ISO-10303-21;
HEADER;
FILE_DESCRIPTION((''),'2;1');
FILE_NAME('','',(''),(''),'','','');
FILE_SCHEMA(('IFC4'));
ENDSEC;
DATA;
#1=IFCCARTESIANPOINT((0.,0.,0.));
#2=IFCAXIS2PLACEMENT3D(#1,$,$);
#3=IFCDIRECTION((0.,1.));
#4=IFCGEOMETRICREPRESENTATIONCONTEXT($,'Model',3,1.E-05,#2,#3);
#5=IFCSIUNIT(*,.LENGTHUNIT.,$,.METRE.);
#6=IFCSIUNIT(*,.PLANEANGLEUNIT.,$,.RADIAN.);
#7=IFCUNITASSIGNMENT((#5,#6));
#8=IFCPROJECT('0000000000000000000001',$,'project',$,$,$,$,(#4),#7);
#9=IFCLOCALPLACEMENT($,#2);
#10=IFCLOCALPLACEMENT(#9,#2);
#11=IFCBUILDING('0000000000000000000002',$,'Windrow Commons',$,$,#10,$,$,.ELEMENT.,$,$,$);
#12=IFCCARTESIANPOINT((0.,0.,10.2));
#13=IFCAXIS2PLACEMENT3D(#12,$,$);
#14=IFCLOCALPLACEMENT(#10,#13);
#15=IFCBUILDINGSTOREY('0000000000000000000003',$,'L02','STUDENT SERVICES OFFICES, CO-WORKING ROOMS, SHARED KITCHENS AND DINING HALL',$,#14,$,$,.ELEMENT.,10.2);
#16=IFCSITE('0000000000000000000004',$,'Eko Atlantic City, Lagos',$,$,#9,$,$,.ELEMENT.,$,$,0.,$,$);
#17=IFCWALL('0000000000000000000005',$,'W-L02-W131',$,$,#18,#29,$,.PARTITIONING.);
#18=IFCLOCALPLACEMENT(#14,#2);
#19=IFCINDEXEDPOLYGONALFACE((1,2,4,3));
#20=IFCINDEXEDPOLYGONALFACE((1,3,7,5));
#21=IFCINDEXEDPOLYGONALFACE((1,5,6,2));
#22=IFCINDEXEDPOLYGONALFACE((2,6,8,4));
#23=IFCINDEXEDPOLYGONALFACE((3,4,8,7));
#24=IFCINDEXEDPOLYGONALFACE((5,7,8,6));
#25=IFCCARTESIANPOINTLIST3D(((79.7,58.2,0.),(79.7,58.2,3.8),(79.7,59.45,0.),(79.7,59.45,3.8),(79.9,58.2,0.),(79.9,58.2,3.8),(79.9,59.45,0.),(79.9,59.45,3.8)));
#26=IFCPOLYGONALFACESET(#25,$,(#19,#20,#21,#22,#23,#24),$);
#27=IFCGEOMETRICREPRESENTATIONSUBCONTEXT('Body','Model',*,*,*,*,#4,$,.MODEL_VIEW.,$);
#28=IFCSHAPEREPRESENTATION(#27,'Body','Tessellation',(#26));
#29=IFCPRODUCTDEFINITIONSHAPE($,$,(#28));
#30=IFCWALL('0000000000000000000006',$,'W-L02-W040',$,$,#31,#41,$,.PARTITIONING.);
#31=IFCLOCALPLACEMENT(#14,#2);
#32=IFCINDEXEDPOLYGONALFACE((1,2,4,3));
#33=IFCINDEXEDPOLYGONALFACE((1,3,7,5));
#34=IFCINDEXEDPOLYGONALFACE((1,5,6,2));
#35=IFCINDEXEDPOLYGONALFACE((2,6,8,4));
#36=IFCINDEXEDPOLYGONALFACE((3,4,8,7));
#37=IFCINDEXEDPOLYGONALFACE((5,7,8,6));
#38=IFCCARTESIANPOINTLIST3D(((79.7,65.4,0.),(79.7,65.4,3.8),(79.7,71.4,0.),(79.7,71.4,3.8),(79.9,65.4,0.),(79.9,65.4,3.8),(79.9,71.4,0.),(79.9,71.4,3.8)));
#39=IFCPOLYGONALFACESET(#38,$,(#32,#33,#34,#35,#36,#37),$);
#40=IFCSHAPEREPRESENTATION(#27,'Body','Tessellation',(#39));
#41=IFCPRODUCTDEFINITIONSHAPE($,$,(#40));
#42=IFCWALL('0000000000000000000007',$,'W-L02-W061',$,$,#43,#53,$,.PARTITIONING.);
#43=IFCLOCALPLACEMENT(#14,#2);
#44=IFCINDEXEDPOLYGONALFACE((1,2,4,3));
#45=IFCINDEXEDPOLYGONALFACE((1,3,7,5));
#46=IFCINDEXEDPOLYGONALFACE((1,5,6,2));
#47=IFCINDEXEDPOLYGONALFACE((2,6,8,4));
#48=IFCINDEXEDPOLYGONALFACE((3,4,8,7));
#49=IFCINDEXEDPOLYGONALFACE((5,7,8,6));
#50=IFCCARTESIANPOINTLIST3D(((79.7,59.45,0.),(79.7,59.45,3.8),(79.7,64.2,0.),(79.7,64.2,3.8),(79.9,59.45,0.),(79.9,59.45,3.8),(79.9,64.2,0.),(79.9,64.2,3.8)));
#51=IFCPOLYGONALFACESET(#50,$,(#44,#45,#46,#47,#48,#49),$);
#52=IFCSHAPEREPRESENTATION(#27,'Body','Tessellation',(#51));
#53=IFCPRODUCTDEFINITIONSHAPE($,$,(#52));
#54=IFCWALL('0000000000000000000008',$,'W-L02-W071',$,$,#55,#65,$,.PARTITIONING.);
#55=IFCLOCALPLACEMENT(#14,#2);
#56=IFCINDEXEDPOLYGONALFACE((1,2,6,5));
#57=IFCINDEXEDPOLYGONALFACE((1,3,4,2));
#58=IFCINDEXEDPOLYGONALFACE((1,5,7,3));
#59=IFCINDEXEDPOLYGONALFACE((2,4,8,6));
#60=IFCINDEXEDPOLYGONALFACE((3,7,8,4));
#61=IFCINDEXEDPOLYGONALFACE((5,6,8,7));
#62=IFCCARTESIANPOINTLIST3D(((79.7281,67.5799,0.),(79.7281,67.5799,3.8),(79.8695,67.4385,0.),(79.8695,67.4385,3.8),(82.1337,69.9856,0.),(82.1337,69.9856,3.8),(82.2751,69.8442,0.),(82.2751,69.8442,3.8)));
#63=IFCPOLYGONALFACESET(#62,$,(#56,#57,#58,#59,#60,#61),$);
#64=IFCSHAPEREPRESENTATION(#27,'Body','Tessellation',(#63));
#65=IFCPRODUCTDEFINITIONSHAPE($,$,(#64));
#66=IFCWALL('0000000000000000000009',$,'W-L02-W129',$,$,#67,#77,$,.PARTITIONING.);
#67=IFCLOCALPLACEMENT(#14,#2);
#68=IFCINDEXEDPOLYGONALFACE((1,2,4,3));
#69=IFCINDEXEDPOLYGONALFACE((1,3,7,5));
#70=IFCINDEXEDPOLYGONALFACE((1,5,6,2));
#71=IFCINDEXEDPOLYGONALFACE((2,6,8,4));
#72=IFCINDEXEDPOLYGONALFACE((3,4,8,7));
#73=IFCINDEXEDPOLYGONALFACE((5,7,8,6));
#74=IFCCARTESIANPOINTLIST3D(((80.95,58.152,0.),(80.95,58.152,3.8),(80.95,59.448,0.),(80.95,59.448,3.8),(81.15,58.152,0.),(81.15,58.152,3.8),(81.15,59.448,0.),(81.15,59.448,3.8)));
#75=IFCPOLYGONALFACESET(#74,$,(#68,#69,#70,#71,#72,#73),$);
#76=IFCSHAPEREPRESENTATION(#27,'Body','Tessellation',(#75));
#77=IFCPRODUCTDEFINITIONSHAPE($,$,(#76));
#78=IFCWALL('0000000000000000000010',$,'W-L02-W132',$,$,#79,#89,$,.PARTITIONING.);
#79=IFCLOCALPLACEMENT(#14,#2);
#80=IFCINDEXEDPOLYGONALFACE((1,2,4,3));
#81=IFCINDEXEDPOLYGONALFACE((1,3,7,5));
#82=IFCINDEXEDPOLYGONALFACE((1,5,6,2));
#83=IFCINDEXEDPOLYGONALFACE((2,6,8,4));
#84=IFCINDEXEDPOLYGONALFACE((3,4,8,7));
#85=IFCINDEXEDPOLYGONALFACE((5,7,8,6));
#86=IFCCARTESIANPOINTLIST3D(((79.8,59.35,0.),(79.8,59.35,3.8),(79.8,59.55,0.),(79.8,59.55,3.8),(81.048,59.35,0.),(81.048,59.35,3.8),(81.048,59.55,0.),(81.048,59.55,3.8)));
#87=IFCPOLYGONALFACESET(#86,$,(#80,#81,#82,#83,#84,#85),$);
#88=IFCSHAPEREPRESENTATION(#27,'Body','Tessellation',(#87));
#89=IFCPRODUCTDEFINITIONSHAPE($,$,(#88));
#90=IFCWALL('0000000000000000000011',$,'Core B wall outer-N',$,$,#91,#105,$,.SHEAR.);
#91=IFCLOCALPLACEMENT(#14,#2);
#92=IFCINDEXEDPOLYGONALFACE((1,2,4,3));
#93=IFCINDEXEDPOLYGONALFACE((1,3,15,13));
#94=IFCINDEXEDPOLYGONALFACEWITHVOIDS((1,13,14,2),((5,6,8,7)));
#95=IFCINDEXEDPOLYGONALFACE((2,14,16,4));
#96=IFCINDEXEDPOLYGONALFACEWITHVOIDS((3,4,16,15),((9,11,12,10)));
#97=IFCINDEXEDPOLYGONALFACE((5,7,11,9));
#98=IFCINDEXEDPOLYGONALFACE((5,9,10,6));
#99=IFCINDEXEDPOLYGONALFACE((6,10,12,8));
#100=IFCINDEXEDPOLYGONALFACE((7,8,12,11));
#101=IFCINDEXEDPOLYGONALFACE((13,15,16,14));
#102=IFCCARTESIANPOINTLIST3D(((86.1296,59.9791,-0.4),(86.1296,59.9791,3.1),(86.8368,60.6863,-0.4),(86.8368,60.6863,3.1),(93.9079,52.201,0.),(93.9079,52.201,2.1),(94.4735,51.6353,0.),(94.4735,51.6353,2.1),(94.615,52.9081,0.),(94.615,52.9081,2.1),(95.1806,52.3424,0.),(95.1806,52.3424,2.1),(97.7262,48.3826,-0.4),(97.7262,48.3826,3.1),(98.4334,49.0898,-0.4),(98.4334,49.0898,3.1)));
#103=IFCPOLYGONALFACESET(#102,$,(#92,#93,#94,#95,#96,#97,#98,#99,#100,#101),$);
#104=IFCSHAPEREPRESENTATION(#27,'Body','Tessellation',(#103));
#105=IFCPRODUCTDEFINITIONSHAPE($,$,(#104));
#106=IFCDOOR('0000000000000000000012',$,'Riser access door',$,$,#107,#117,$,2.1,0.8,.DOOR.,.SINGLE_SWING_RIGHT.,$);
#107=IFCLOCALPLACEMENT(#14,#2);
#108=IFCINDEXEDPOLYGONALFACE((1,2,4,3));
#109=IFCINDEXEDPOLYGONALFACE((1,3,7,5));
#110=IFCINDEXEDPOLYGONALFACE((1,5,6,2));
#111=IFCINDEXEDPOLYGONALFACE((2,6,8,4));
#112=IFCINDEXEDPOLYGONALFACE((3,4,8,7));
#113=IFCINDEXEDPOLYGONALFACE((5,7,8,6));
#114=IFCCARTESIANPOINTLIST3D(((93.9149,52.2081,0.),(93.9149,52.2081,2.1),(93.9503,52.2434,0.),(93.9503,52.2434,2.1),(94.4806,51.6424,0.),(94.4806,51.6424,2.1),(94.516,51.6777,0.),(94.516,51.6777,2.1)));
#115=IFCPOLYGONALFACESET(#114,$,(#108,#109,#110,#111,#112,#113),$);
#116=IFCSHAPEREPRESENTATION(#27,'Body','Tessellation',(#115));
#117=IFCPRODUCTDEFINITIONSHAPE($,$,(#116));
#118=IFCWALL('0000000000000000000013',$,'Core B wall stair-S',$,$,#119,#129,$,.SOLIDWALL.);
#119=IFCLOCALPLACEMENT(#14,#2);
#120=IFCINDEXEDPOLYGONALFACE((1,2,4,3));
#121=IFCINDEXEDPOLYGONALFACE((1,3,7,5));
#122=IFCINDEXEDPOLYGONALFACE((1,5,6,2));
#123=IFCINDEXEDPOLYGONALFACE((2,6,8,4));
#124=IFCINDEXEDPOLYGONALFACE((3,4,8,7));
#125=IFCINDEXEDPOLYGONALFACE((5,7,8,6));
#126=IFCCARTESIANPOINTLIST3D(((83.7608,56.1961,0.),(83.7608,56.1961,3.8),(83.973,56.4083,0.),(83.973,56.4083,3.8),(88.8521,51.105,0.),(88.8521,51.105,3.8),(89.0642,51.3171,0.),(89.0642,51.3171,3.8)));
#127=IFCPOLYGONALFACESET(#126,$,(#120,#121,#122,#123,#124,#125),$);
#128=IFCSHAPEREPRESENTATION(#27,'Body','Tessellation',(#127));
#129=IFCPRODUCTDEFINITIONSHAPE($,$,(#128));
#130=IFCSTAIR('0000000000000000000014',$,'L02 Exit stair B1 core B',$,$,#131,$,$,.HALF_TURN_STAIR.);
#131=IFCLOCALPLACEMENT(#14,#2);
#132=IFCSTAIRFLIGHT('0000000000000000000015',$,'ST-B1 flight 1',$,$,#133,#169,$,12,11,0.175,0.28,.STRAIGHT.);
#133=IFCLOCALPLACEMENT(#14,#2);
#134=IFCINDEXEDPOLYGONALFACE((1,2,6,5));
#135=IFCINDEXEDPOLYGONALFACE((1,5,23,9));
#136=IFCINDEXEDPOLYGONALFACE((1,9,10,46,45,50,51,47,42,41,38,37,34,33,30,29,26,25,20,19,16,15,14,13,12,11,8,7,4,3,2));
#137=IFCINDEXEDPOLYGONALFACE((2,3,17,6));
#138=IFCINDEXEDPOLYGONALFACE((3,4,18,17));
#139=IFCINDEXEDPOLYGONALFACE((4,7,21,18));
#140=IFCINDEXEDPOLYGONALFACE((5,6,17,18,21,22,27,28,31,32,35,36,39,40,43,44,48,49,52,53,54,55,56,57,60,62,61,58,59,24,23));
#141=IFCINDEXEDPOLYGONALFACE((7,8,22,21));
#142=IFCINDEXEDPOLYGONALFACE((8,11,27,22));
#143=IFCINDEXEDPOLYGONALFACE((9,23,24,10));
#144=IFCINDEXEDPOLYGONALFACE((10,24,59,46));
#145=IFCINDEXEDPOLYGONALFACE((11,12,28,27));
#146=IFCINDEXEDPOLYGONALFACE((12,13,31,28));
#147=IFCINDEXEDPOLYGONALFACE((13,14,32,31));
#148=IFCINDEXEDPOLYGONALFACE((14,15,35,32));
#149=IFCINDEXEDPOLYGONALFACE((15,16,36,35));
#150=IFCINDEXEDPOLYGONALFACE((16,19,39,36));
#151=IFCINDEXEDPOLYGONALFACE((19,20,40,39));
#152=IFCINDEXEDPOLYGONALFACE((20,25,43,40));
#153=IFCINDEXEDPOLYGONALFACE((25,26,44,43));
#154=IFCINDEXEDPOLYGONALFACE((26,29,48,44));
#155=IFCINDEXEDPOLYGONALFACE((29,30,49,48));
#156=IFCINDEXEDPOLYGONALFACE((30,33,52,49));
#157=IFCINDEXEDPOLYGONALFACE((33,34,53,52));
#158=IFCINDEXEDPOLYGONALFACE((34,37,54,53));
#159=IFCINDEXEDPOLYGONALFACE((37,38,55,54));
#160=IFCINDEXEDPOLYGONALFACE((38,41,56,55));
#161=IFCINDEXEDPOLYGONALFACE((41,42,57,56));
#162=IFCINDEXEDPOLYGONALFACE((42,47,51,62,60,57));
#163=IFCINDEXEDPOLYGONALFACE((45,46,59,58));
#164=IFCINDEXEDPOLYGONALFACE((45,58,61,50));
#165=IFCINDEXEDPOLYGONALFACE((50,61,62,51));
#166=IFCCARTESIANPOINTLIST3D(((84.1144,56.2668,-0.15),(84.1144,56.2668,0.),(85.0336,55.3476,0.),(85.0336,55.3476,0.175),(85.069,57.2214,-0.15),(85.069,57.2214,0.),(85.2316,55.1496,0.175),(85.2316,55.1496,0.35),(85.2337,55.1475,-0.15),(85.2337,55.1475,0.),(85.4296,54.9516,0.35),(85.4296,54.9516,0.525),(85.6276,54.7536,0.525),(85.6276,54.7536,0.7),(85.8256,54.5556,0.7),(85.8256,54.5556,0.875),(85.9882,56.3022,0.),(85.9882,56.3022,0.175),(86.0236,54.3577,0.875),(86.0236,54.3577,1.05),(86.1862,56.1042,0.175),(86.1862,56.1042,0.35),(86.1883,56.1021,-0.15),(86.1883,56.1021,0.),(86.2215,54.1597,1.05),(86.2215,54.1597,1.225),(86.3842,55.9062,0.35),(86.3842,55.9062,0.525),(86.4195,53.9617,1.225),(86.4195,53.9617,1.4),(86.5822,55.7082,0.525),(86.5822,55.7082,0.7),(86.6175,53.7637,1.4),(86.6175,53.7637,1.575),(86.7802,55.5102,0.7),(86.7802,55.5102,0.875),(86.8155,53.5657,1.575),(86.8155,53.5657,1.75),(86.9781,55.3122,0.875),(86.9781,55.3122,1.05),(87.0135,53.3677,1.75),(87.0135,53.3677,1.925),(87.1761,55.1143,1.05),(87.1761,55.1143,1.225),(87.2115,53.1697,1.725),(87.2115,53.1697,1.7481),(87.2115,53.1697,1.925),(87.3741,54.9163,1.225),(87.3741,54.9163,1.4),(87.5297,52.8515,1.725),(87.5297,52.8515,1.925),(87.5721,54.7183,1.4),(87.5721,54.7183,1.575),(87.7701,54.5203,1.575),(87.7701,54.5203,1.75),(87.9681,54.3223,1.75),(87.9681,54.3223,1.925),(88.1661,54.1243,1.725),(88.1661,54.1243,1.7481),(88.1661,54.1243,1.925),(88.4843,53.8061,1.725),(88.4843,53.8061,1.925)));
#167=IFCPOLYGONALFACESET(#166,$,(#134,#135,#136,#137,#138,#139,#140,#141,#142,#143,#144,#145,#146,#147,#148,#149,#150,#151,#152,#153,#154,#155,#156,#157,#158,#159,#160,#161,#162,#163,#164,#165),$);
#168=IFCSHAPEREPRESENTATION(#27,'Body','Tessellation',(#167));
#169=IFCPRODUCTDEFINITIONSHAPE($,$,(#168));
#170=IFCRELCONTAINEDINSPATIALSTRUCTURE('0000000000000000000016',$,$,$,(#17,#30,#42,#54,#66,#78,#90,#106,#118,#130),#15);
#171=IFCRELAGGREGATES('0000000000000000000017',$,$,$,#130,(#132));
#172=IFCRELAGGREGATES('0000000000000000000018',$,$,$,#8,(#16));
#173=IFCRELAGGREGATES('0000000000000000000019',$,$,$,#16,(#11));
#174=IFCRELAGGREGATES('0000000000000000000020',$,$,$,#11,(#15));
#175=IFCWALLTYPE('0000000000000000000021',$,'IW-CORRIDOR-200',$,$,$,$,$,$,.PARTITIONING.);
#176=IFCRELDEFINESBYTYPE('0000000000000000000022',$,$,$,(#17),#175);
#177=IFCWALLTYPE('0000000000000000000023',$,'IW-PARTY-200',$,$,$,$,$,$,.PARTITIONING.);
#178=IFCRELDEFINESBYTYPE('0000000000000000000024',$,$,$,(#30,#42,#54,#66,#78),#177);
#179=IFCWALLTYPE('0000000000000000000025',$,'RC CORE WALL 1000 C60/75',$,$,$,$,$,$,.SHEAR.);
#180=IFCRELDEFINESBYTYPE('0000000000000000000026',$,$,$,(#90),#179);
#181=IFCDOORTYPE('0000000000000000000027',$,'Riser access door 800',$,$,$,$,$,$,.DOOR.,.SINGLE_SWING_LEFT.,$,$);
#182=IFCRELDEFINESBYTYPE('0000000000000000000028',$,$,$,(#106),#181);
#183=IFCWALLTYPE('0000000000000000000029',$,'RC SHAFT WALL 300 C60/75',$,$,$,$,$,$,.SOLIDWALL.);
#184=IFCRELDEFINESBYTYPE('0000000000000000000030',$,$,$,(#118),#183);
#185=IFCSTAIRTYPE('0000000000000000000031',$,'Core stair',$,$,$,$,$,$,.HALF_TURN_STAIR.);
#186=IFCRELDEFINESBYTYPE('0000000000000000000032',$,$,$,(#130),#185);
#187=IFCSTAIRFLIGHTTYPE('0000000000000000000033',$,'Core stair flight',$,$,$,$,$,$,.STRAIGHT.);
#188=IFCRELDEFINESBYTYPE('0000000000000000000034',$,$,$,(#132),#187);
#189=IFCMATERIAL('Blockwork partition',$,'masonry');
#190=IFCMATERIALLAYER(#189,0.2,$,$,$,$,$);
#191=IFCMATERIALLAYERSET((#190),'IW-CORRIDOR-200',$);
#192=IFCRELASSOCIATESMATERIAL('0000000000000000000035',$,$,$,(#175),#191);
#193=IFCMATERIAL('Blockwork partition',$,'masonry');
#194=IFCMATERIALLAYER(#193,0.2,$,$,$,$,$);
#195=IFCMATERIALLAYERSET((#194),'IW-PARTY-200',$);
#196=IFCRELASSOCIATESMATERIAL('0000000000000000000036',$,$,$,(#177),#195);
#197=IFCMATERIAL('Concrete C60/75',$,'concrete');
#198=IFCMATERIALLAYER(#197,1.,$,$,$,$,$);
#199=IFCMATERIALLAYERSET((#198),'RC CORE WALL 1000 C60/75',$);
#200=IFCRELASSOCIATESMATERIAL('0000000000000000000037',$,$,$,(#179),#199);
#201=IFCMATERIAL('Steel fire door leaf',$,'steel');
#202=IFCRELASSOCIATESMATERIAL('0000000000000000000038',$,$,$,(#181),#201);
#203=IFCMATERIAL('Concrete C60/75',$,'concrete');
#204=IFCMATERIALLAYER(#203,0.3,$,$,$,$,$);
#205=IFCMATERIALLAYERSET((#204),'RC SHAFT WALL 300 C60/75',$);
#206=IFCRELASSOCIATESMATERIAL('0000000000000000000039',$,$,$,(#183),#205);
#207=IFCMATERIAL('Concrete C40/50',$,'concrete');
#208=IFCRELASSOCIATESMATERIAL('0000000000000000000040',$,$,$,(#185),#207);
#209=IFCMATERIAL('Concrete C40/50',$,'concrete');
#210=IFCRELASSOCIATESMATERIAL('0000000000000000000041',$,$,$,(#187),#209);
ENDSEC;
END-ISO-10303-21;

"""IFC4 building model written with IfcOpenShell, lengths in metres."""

from ifc_helpers import new_model, si_unit, direction, frame, frame_2d, origin, place, context, subcontext, project, spatial, polyline, rectangle, outline, extrude, material, layer, layer_set, type_object, element, fill, aggregate, save


model = new_model("IFC4")

# Units and contexts
model_context = context("Model", 3, precision=1e-05, world=origin(), true_north=direction((0.0, 1.0)))
body_context = subcontext(model_context, "Body", "Model", "MODEL_VIEW")
ifc_project = project(units=[si_unit("LENGTHUNIT", "METRE"), si_unit("PLANEANGLEUNIT", "RADIAN")], contexts=[model_context])

# Site, building, storey
site_placement = place(None, origin())
site = spatial("IfcSite", under=ifc_project, at=site_placement, Name="Eko Atlantic City, Lagos", CompositionType="ELEMENT", RefElevation=0.0)
building_placement = place(site_placement, origin())
building = spatial("IfcBuilding", under=site, at=building_placement, Name="Windrow Commons", CompositionType="ELEMENT")
storey_placement = place(building_placement, frame((0.0, 0.0, 10.2)))
storey = spatial("IfcBuildingStorey", under=building, at=storey_placement, Name="L02", Description="STUDENT SERVICES OFFICES, CO-WORKING ROOMS, SHARED KITCHENS AND DINING HALL", CompositionType="ELEMENT", Elevation=10.2)

# Shared definitions
ifc_material_1 = material(Name="Blockwork partition", Category="masonry")
ifc_layer_1 = layer(ifc_material_1, 0.2)
ifc_layer_set_1 = layer_set([ifc_layer_1], Name="IW-CORRIDOR-200")
wall_type_1 = type_object("IfcWallType", Name="IW-CORRIDOR-200", PredefinedType="PARTITIONING", material=ifc_layer_set_1)

# Walls
wall_1_placement = place(storey_placement, frame((79.8, 58.2, 0.0), z_axis=(0.0, 0.0, 1.0), x_axis=(0.0, 1.0, 0.0)))
element("IfcWall", 1, at=wall_1_placement, inside=storey, type_object=wall_type_1, Name="W-L02-W131", PredefinedType="PARTITIONING", context=body_context, shape_type="SweptSolid", body=[
    extrude(rectangle(XDim=1.25, YDim=0.2, at=frame_2d((0.625, 0.0))), origin(), (0.0, 0.0, 1.0), 3.8),
])
ifc_material_2 = material(Name="Blockwork partition", Category="masonry")
ifc_layer_2 = layer(ifc_material_2, 0.2)
ifc_layer_set_2 = layer_set([ifc_layer_2], Name="IW-PARTY-200")
wall_type_2 = type_object("IfcWallType", Name="IW-PARTY-200", PredefinedType="PARTITIONING", material=ifc_layer_set_2)
wall_2_placement = place(storey_placement, frame((79.8, 65.4, 0.0), z_axis=(0.0, 0.0, 1.0), x_axis=(0.0, 1.0, 0.0)))
element("IfcWall", 2, at=wall_2_placement, inside=storey, type_object=wall_type_2, Name="W-L02-W040", PredefinedType="PARTITIONING", context=body_context, shape_type="SweptSolid", body=[
    extrude(rectangle(XDim=6.0, YDim=0.2, at=frame_2d((3.0, 0.0))), origin(), (0.0, 0.0, 1.0), 3.8),
])
wall_3_placement = place(storey_placement, frame((79.8, 59.45, 0.0), z_axis=(0.0, 0.0, 1.0), x_axis=(0.0, 1.0, 0.0)))
element("IfcWall", 3, at=wall_3_placement, inside=storey, type_object=wall_type_2, Name="W-L02-W061", PredefinedType="PARTITIONING", context=body_context, shape_type="SweptSolid", body=[
    extrude(rectangle(XDim=4.75, YDim=0.2, at=frame_2d((2.375, 0.0))), origin(), (0.0, 0.0, 1.0), 3.8),
])
wall_4_placement = place(storey_placement, frame((79.7988, 67.5092, 0.0), z_axis=(0.0, 0.0, 1.0), x_axis=(0.707092, 0.707121, 0.0)))
element("IfcWall", 4, at=wall_4_placement, inside=storey, type_object=wall_type_2, Name="W-L02-W071", PredefinedType="PARTITIONING", context=body_context, shape_type="SweptSolid", body=[
    extrude(rectangle(XDim=3.4021, YDim=0.2, at=frame_2d((1.701, 0.0))), origin(), (0.0, 0.0, 1.0), 3.8),
])
wall_5_placement = place(storey_placement, frame((81.05, 58.152, 0.0), z_axis=(0.0, 0.0, 1.0), x_axis=(0.0, 1.0, 0.0)))
element("IfcWall", 5, at=wall_5_placement, inside=storey, type_object=wall_type_2, Name="W-L02-W129", PredefinedType="PARTITIONING", context=body_context, shape_type="SweptSolid", body=[
    extrude(rectangle(XDim=1.296, YDim=0.2, at=frame_2d((0.648, 0.0))), origin(), (0.0, 0.0, 1.0), 3.8),
])
wall_6_placement = place(storey_placement, frame((79.8, 59.45, 0.0), z_axis=(0.0, 0.0, 1.0), x_axis=(1.0, 0.0, 0.0)))
element("IfcWall", 6, at=wall_6_placement, inside=storey, type_object=wall_type_2, Name="W-L02-W132", PredefinedType="PARTITIONING", context=body_context, shape_type="SweptSolid", body=[
    extrude(rectangle(XDim=1.248, YDim=0.2, at=frame_2d((0.624, 0.0))), origin(), (0.0, 0.0, 1.0), 3.8),
])

# Wall, opening, door
ifc_material_3 = material(Name="Concrete C60/75", Category="concrete")
ifc_layer_3 = layer(ifc_material_3, 1.0)
ifc_layer_set_3 = layer_set([ifc_layer_3], Name="RC CORE WALL 1000 C60/75")
wall_type_3 = type_object("IfcWallType", Name="RC CORE WALL 1000 C60/75", PredefinedType="SHEAR", material=ifc_layer_set_3)
wall_7_placement = place(storey_placement, frame((86.4832, 60.3327, -0.4), z_axis=(0.0, 0.0, 1.0), x_axis=(0.70711, -0.707104, 0.0)))
wall_7 = element("IfcWall", 7, at=wall_7_placement, inside=storey, type_object=wall_type_3, Name="Core B wall outer-N", PredefinedType="SHEAR", context=body_context, shape_type="SweptSolid", body=[
    extrude(rectangle(XDim=16.4, YDim=1.0, at=frame_2d((8.2, 0.0))), origin(), (0.0, 0.0, 1.0), 3.5),
])
opening_1_placement = place(wall_7_placement, frame((11.0, 0.0, 0.4)))
opening_1 = element("IfcOpeningElement", 8, at=opening_1_placement, cuts=wall_7, PredefinedType="OPENING", context=body_context, shape_type="SweptSolid", body=[
    extrude(rectangle(XDim=0.8, YDim=2.1, at=frame_2d((0.4, 1.05))), frame((0.0, 0.51, 0.0), z_axis=(0.0, -1.0, 0.0), x_axis=(1.0, 0.0, 0.0)), (0.0, 0.0, 1.0), 1.02),
])
ifc_material_4 = material(Name="Steel fire door leaf", Category="steel")
door_type_1 = type_object("IfcDoorType", Name="Riser access door 800", OperationType="SINGLE_SWING_LEFT", PredefinedType="DOOR", material=ifc_material_4)
door_1_placement = place(opening_1_placement, origin())
door_1 = element("IfcDoor", 9, at=door_1_placement, inside=storey, type_object=door_type_1, Name="Riser access door", OperationType="SINGLE_SWING_RIGHT", OverallHeight=2.1, OverallWidth=0.8, PredefinedType="DOOR", context=body_context, shape_type="SweptSolid", body=[
    extrude(rectangle(XDim=0.8, YDim=2.1, at=frame_2d((0.4, 1.05))), frame((0.0, -0.44, 0.0), z_axis=(0.0, -1.0, 0.0), x_axis=(1.0, 0.0, 0.0)), (0.0, 0.0, 1.0), 0.05),
])
fill(opening_1, door_1)

# Wall
ifc_material_5 = material(Name="Concrete C60/75", Category="concrete")
ifc_layer_4 = layer(ifc_material_5, 0.3)
ifc_layer_set_4 = layer_set([ifc_layer_4], Name="RC SHAFT WALL 300 C60/75")
wall_type_4 = type_object("IfcWallType", Name="RC SHAFT WALL 300 C60/75", PredefinedType="SOLIDWALL", material=ifc_layer_set_4)
wall_8_placement = place(storey_placement, frame((83.8669, 56.3022, 0.0), z_axis=(0.0, 0.0, 1.0), x_axis=(0.707114, -0.7071, 0.0)))
element("IfcWall", 10, at=wall_8_placement, inside=storey, type_object=wall_type_4, Name="Core B wall stair-S", PredefinedType="SOLIDWALL", context=body_context, shape_type="SweptSolid", body=[
    extrude(rectangle(XDim=7.2, YDim=0.3, at=frame_2d((3.6, 0.0))), origin(), (0.0, 0.0, 1.0), 3.8),
])

# Stair, stair flight
ifc_material_6 = material(Name="Concrete C40/50", Category="concrete")
stair_type = type_object("IfcStairType", Name="Core stair", PredefinedType="HALF_TURN_STAIR", material=ifc_material_6)
stair_placement = place(storey_placement, origin())
stair = element("IfcStair", 11, at=stair_placement, inside=storey, type_object=stair_type, Name="L02 Exit stair B1 core B", PredefinedType="HALF_TURN_STAIR")
ifc_material_7 = material(Name="Concrete C40/50", Category="concrete")
stair_flight_type = type_object("IfcStairFlightType", Name="Core stair flight", PredefinedType="STRAIGHT", material=ifc_material_7)
stair_flight_1_placement = place(storey_placement, frame((85.5109, 55.8249, 0.0), z_axis=(0.0, 0.0, 1.0), x_axis=(0.707107, -0.707107, 0.0)))
stair_flight_1 = element("IfcStairFlight", 12, at=stair_flight_1_placement, type_object=stair_flight_type, Name="ST-B1 flight 1", NumberOfRisers=12, NumberOfTreads=11, PredefinedType="STRAIGHT", RiserHeight=0.175, TreadLength=0.28, context=body_context, shape_type="SweptSolid", body=[
    extrude(outline(polyline([(-1.3, -0.15), (-1.3, 0.0), (0.0, 0.0), (0.0, 0.175), (0.28, 0.175), (0.28, 0.35), (0.56, 0.35), (0.56, 0.525), (0.84, 0.525), (0.84, 0.7), (1.12, 0.7), (1.12, 0.875), (1.4, 0.875), (1.4, 1.05), (1.68, 1.05), (1.68, 1.225), (1.96, 1.225), (1.96, 1.4), (2.24, 1.4), (2.24, 1.575), (2.52, 1.575), (2.52, 1.75), (2.8, 1.75), (2.8, 1.925), (3.08, 1.925), (3.53, 1.925), (3.53, 1.725), (3.08, 1.725), (3.08, 1.7481), (0.283, 0.0), (0.283, -0.15), (-1.3, -0.15)])), frame((0.0, 0.675, 0.0), z_axis=(0.0, -1.0, 0.0), x_axis=(1.0, 0.0, 0.0)), (0.0, 0.0, 1.0), 1.35),
])
aggregate(stair, [stair_flight_1])

save(model, "model.ifc")
